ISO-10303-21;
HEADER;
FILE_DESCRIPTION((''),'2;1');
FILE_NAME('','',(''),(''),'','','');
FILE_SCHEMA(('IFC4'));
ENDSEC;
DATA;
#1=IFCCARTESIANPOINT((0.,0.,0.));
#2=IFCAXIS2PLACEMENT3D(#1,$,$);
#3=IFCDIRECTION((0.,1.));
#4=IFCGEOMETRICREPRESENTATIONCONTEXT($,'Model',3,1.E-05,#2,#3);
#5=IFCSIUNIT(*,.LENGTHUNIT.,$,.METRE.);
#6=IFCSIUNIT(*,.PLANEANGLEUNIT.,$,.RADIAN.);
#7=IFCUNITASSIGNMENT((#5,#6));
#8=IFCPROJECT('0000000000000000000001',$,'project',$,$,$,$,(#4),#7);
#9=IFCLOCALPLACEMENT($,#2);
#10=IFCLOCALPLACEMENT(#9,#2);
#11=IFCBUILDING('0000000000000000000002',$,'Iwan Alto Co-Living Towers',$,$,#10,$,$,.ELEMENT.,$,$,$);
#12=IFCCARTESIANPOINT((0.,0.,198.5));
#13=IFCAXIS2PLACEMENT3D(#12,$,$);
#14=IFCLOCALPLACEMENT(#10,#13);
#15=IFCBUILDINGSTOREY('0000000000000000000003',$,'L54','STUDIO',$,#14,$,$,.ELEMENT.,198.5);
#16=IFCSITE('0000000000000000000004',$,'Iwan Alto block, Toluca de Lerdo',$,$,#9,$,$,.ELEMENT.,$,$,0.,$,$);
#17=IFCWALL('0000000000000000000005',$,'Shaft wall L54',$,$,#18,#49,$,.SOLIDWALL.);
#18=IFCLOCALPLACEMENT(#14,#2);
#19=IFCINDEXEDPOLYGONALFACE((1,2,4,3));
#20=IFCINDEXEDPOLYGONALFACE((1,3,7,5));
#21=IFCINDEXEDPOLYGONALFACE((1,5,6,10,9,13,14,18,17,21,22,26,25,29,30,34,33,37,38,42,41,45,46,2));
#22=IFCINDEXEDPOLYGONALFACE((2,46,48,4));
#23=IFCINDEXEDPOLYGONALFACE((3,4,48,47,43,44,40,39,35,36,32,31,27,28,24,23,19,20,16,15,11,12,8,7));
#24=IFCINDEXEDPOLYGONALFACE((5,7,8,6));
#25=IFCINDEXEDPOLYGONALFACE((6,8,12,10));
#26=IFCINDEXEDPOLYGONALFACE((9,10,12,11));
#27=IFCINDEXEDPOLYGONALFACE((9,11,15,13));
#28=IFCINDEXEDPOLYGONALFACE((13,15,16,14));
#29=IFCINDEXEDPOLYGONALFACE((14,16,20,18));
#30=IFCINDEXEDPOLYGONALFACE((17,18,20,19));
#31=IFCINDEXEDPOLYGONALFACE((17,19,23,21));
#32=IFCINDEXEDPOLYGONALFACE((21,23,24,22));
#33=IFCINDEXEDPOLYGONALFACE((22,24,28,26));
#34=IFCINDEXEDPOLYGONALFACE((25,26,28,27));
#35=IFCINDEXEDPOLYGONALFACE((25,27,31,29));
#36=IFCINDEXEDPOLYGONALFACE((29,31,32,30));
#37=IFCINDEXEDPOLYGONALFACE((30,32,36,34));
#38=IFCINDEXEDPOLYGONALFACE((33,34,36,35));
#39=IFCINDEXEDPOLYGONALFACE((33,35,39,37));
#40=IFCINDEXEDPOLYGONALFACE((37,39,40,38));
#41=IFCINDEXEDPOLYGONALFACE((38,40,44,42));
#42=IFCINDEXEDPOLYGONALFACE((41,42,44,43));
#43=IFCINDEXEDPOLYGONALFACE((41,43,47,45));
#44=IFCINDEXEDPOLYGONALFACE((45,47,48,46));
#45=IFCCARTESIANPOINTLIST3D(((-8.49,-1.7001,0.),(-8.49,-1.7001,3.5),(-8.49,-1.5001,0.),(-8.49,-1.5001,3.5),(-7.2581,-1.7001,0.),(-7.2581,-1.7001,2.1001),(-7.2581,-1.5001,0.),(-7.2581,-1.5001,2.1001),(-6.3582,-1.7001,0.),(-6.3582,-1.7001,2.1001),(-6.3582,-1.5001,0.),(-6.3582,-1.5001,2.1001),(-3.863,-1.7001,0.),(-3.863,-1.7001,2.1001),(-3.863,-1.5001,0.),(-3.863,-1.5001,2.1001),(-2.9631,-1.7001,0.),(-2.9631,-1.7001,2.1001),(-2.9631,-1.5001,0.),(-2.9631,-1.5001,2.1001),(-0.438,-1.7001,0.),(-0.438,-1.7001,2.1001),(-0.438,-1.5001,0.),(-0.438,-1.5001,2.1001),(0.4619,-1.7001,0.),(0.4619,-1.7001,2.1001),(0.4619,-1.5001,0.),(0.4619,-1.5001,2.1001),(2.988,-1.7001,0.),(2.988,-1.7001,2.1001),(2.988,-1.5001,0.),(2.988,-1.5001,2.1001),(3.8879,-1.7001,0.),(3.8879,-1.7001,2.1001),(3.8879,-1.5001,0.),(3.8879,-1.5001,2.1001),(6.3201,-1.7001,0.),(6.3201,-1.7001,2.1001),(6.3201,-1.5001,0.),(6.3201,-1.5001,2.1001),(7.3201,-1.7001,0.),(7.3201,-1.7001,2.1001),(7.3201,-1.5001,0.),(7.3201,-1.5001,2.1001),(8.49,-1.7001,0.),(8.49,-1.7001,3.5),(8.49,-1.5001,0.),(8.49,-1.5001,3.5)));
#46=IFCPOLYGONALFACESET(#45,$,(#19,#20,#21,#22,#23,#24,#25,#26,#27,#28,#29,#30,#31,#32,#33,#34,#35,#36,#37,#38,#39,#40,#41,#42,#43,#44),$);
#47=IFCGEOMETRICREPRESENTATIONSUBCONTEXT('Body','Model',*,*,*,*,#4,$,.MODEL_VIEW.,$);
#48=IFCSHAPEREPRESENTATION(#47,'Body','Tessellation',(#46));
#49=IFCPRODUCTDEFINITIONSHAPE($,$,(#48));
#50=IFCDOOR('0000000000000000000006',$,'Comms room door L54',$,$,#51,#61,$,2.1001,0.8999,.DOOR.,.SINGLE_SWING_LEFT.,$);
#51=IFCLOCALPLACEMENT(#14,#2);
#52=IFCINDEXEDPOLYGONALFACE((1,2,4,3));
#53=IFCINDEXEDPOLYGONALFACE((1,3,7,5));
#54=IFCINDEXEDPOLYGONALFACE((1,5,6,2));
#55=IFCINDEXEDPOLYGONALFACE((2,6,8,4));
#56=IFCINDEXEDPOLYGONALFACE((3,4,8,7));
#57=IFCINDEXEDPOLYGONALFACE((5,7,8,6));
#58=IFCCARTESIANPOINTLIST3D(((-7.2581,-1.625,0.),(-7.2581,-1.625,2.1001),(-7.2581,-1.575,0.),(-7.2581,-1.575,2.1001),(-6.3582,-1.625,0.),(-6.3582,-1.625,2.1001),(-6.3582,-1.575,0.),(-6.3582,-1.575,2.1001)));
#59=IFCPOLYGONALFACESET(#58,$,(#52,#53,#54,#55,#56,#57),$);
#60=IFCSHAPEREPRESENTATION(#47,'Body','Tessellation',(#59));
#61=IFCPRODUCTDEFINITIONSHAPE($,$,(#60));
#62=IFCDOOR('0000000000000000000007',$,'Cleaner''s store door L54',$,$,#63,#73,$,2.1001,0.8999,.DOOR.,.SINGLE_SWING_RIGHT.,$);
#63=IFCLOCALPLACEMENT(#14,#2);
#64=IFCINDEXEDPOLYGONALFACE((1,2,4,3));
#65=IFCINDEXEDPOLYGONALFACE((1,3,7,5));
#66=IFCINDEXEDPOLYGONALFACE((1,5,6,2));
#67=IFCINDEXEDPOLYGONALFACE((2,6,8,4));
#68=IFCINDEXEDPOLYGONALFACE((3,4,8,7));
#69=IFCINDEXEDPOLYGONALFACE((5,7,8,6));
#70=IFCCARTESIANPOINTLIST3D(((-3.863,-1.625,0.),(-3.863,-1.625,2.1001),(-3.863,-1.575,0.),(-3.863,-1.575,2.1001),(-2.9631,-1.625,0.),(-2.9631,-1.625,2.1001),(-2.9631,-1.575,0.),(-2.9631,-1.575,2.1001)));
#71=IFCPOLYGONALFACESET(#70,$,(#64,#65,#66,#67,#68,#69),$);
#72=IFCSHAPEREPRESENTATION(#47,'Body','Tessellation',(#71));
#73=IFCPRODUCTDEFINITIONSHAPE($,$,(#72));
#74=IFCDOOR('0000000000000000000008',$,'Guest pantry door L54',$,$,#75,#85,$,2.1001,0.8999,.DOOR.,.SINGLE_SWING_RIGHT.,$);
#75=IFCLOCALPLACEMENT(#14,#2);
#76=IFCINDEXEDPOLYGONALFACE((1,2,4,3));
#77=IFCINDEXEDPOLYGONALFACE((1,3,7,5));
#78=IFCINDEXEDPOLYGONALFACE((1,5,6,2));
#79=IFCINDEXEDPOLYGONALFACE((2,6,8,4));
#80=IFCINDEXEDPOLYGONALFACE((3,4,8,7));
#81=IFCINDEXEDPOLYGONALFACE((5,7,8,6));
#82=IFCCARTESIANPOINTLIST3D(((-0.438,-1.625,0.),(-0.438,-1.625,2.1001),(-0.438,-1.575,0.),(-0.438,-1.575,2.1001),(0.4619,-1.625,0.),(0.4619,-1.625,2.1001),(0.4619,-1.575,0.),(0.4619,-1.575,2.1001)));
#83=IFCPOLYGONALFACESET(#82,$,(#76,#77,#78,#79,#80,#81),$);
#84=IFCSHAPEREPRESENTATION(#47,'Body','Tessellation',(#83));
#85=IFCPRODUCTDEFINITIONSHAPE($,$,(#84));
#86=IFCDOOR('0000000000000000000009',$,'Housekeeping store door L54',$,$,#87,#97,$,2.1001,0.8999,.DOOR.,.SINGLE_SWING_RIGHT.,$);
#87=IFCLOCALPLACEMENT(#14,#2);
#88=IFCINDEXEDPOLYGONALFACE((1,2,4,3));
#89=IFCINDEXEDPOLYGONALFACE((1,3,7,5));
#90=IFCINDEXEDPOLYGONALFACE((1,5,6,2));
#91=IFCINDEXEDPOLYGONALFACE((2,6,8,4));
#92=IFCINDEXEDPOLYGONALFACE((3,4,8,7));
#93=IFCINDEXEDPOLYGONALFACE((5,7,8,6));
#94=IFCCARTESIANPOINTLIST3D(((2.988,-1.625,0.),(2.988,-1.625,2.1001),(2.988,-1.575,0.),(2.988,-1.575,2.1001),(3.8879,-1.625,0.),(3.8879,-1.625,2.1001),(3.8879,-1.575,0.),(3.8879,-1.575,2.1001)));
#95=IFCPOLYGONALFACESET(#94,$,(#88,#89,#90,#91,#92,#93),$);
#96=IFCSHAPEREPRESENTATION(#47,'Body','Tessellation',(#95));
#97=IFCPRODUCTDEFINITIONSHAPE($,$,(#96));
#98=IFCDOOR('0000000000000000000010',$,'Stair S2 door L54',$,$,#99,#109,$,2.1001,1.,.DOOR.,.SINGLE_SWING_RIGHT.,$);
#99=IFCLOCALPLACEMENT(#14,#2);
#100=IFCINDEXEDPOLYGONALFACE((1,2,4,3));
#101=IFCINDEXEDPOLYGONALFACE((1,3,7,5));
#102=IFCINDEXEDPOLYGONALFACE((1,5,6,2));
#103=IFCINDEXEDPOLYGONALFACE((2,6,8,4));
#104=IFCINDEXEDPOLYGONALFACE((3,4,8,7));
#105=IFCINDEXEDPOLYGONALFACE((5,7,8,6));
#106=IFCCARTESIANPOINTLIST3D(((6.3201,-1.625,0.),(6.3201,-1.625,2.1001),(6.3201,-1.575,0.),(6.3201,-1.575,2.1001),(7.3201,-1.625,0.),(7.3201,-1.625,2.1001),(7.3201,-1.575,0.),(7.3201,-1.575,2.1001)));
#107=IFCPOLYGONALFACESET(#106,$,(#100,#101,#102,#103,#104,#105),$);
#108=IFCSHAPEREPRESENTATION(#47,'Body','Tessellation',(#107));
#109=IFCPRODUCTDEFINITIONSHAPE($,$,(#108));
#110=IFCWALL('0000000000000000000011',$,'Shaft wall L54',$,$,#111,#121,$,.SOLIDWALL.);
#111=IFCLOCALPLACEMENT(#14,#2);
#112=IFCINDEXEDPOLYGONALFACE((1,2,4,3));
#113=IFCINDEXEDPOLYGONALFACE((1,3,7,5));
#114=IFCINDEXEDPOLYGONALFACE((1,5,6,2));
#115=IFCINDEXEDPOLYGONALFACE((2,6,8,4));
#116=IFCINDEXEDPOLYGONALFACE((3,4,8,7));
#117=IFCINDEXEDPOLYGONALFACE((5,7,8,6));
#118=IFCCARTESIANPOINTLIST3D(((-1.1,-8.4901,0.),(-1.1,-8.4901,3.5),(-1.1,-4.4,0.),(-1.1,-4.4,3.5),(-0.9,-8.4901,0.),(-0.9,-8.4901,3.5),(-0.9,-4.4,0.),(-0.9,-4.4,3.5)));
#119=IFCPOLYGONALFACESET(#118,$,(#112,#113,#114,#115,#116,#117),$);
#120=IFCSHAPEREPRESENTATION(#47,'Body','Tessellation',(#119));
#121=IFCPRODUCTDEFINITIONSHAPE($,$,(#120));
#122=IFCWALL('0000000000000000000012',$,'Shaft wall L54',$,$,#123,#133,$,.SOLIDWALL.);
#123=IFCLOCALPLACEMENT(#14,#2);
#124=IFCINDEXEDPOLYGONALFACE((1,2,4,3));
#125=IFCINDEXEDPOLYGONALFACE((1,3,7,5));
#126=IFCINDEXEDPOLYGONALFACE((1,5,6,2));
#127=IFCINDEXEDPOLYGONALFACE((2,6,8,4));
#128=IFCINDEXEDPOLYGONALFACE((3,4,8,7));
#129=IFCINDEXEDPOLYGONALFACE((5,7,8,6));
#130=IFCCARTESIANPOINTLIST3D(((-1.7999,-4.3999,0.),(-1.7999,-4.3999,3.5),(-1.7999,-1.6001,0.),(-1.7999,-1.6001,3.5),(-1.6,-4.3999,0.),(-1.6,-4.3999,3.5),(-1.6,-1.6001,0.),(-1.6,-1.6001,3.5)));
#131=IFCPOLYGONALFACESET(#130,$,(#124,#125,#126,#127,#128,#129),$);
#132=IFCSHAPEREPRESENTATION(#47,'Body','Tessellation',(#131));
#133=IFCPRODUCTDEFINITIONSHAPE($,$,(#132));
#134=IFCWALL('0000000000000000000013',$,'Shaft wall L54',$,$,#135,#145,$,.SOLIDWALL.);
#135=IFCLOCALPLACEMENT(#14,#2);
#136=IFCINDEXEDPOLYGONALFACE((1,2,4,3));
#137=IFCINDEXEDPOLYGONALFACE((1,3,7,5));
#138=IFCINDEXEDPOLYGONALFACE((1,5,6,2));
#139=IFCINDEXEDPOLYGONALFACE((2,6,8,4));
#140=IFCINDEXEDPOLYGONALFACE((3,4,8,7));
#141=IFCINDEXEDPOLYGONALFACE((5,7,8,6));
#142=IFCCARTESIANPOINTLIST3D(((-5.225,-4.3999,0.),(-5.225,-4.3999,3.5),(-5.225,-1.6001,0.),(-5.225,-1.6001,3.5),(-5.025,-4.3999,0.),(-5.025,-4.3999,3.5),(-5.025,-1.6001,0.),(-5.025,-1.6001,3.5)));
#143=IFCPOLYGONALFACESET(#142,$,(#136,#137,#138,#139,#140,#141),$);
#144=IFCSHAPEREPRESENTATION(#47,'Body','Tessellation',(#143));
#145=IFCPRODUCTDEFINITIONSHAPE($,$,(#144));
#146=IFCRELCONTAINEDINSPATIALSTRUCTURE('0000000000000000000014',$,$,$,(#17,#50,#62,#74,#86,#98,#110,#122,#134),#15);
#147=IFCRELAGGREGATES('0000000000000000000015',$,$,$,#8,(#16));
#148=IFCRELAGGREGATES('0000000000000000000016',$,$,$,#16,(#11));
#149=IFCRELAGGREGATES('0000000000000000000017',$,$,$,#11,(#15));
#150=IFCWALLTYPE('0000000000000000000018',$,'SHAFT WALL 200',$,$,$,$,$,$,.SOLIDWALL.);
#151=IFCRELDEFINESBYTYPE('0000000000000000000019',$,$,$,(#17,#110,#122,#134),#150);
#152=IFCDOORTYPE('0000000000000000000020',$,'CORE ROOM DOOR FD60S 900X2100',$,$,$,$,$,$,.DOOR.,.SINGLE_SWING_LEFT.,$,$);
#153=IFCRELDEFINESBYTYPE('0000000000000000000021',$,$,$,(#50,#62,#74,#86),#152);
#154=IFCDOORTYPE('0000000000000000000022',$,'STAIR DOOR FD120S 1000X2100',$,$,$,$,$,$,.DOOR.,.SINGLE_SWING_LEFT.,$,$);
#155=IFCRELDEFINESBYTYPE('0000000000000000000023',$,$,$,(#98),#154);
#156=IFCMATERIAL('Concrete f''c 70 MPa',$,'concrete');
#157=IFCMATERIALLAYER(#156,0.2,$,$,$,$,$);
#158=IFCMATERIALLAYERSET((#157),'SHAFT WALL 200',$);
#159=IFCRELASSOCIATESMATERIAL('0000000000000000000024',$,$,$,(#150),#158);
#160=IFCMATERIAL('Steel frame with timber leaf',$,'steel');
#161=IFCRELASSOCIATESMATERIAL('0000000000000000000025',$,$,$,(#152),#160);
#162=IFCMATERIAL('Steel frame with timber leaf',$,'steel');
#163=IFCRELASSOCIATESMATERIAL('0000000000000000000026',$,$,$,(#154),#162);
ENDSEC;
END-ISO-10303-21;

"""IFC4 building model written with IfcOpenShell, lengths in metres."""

from ifc_helpers import new_model, si_unit, direction, frame, frame_2d, origin, place, context, subcontext, project, spatial, rectangle, extrude, material, layer, layer_set, type_object, element, fill, save


model = new_model("IFC4")

# Units and contexts
model_context = context("Model", 3, precision=1e-05, world=origin(), true_north=direction((0.0, 1.0)))
body_context = subcontext(model_context, "Body", "Model", "MODEL_VIEW")
ifc_project = project(units=[si_unit("LENGTHUNIT", "METRE"), si_unit("PLANEANGLEUNIT", "RADIAN")], contexts=[model_context])

# Site, building, storey
site_placement = place(None, origin())
site = spatial("IfcSite", under=ifc_project, at=site_placement, Name="Iwan Alto block, Toluca de Lerdo", CompositionType="ELEMENT", RefElevation=0.0)
building_placement = place(site_placement, origin())
building = spatial("IfcBuilding", under=site, at=building_placement, Name="Iwan Alto Co-Living Towers", CompositionType="ELEMENT")
storey_placement = place(building_placement, frame((0.0, 0.0, 198.5)))
storey = spatial("IfcBuildingStorey", under=building, at=storey_placement, Name="L54", Description="STUDIO", CompositionType="ELEMENT", Elevation=198.5)

# Shared definitions
ifc_material_1 = material(Name="Concrete f'c 70 MPa", Category="concrete")
ifc_layer_1 = layer(ifc_material_1, 0.2)
ifc_layer_set_1 = layer_set([ifc_layer_1], Name="SHAFT WALL 200")
wall_type_1 = type_object("IfcWallType", Name="SHAFT WALL 200", PredefinedType="SOLIDWALL", material=ifc_layer_set_1)

# Wall, openings, doors
wall_1_placement = place(storey_placement, frame((-8.49, -1.6001, 0.0), z_axis=(0.0, 0.0, 1.0), x_axis=(1.0, 0.0, 0.0)))
wall_1 = element("IfcWall", 1, at=wall_1_placement, inside=storey, type_object=wall_type_1, Name="Shaft wall L54", PredefinedType="SOLIDWALL", context=body_context, shape_type="SweptSolid", body=[
    extrude(rectangle(XDim=16.98, YDim=0.2, at=frame_2d((8.49, 0.0))), origin(), (0.0, 0.0, 1.0), 3.5),
])
opening_1_placement = place(wall_1_placement, frame((14.8101, 0.0, 0.0)))
opening_1 = element("IfcOpeningElement", 2, at=opening_1_placement, cuts=wall_1, PredefinedType="OPENING", context=body_context, shape_type="SweptSolid", body=[
    extrude(rectangle(XDim=1.0, YDim=2.1001, at=frame_2d((0.5, 1.05))), frame((0.0, 0.1099, 0.0), z_axis=(0.0, -1.0, 0.0), x_axis=(1.0, 0.0, 0.0)), (0.0, 0.0, 1.0), 0.22),
])
opening_2_placement = place(wall_1_placement, frame((1.2319, 0.0, 0.0)))
opening_2 = element("IfcOpeningElement", 3, at=opening_2_placement, cuts=wall_1, PredefinedType="OPENING", context=body_context, shape_type="SweptSolid", body=[
    extrude(rectangle(XDim=0.8999, YDim=2.1001, at=frame_2d((0.45, 1.05))), frame((0.0, 0.1099, 0.0), z_axis=(0.0, -1.0, 0.0), x_axis=(1.0, 0.0, 0.0)), (0.0, 0.0, 1.0), 0.22),
])
opening_3_placement = place(wall_1_placement, frame((4.627, 0.0, 0.0)))
opening_3 = element("IfcOpeningElement", 4, at=opening_3_placement, cuts=wall_1, PredefinedType="OPENING", context=body_context, shape_type="SweptSolid", body=[
    extrude(rectangle(XDim=0.8999, YDim=2.1001, at=frame_2d((0.45, 1.05))), frame((0.0, 0.1099, 0.0), z_axis=(0.0, -1.0, 0.0), x_axis=(1.0, 0.0, 0.0)), (0.0, 0.0, 1.0), 0.22),
])
opening_4_placement = place(wall_1_placement, frame((8.052, 0.0, 0.0)))
opening_4 = element("IfcOpeningElement", 5, at=opening_4_placement, cuts=wall_1, PredefinedType="OPENING", context=body_context, shape_type="SweptSolid", body=[
    extrude(rectangle(XDim=0.8999, YDim=2.1001, at=frame_2d((0.45, 1.05))), frame((0.0, 0.1099, 0.0), z_axis=(0.0, -1.0, 0.0), x_axis=(1.0, 0.0, 0.0)), (0.0, 0.0, 1.0), 0.22),
])
opening_5_placement = place(wall_1_placement, frame((11.478, 0.0, 0.0)))
opening_5 = element("IfcOpeningElement", 6, at=opening_5_placement, cuts=wall_1, PredefinedType="OPENING", context=body_context, shape_type="SweptSolid", body=[
    extrude(rectangle(XDim=0.8999, YDim=2.1001, at=frame_2d((0.45, 1.05))), frame((0.0, 0.1099, 0.0), z_axis=(0.0, -1.0, 0.0), x_axis=(1.0, 0.0, 0.0)), (0.0, 0.0, 1.0), 0.22),
])
ifc_material_2 = material(Name="Steel frame with timber leaf", Category="steel")
door_type_1 = type_object("IfcDoorType", Name="CORE ROOM DOOR FD60S 900X2100", OperationType="SINGLE_SWING_LEFT", PredefinedType="DOOR", material=ifc_material_2)
door_1_placement = place(opening_2_placement, frame((0.8999, 0.0, 0.0), z_axis=(0.0, 0.0, 1.0), x_axis=(-1.0, 0.0, 0.0)))
door_1 = element("IfcDoor", 7, at=door_1_placement, inside=storey, type_object=door_type_1, Name="Comms room door L54", OperationType="SINGLE_SWING_LEFT", OverallHeight=2.1001, OverallWidth=0.8999, PredefinedType="DOOR", context=body_context, shape_type="SweptSolid", body=[
    extrude(rectangle(XDim=0.8999, YDim=2.1001, at=frame_2d((0.45, 1.05))), frame((0.0, 0.0249, 0.0), z_axis=(0.0, -1.0, 0.0), x_axis=(1.0, 0.0, 0.0)), (0.0, 0.0, 1.0), 0.05),
])
fill(opening_2, door_1)
door_2_placement = place(opening_3_placement, frame((0.8999, 0.0, 0.0), z_axis=(0.0, 0.0, 1.0), x_axis=(-1.0, 0.0, 0.0)))
door_2 = element("IfcDoor", 8, at=door_2_placement, inside=storey, type_object=door_type_1, Name="Cleaner's store door L54", OperationType="SINGLE_SWING_RIGHT", OverallHeight=2.1001, OverallWidth=0.8999, PredefinedType="DOOR", context=body_context, shape_type="SweptSolid", body=[
    extrude(rectangle(XDim=0.8999, YDim=2.1001, at=frame_2d((0.45, 1.05))), frame((0.0, 0.0249, 0.0), z_axis=(0.0, -1.0, 0.0), x_axis=(1.0, 0.0, 0.0)), (0.0, 0.0, 1.0), 0.05),
])
fill(opening_3, door_2)
door_3_placement = place(opening_4_placement, frame((0.8999, 0.0, 0.0), z_axis=(0.0, 0.0, 1.0), x_axis=(-1.0, 0.0, 0.0)))
door_3 = element("IfcDoor", 9, at=door_3_placement, inside=storey, type_object=door_type_1, Name="Guest pantry door L54", OperationType="SINGLE_SWING_RIGHT", OverallHeight=2.1001, OverallWidth=0.8999, PredefinedType="DOOR", context=body_context, shape_type="SweptSolid", body=[
    extrude(rectangle(XDim=0.8999, YDim=2.1001, at=frame_2d((0.45, 1.05))), frame((0.0, 0.0249, 0.0), z_axis=(0.0, -1.0, 0.0), x_axis=(1.0, 0.0, 0.0)), (0.0, 0.0, 1.0), 0.05),
])
fill(opening_4, door_3)
door_4_placement = place(opening_5_placement, frame((0.8999, 0.0, 0.0), z_axis=(0.0, 0.0, 1.0), x_axis=(-1.0, 0.0, 0.0)))
door_4 = element("IfcDoor", 10, at=door_4_placement, inside=storey, type_object=door_type_1, Name="Housekeeping store door L54", OperationType="SINGLE_SWING_RIGHT", OverallHeight=2.1001, OverallWidth=0.8999, PredefinedType="DOOR", context=body_context, shape_type="SweptSolid", body=[
    extrude(rectangle(XDim=0.8999, YDim=2.1001, at=frame_2d((0.45, 1.05))), frame((0.0, 0.0249, 0.0), z_axis=(0.0, -1.0, 0.0), x_axis=(1.0, 0.0, 0.0)), (0.0, 0.0, 1.0), 0.05),
])
fill(opening_5, door_4)
ifc_material_3 = material(Name="Steel frame with timber leaf", Category="steel")
door_type_2 = type_object("IfcDoorType", Name="STAIR DOOR FD120S 1000X2100", OperationType="SINGLE_SWING_LEFT", PredefinedType="DOOR", material=ifc_material_3)
door_5_placement = place(opening_1_placement, frame((1.0, 0.0, 0.0), z_axis=(0.0, 0.0, 1.0), x_axis=(-1.0, 0.0, 0.0)))
door_5 = element("IfcDoor", 11, at=door_5_placement, inside=storey, type_object=door_type_2, Name="Stair S2 door L54", OperationType="SINGLE_SWING_RIGHT", OverallHeight=2.1001, OverallWidth=1.0, PredefinedType="DOOR", context=body_context, shape_type="SweptSolid", body=[
    extrude(rectangle(XDim=1.0, YDim=2.1001, at=frame_2d((0.5, 1.05))), frame((0.0, 0.0249, 0.0), z_axis=(0.0, -1.0, 0.0), x_axis=(1.0, 0.0, 0.0)), (0.0, 0.0, 1.0), 0.05),
])
fill(opening_1, door_5)

# Walls
wall_2_placement = place(storey_placement, frame((-1.0, -8.49, 0.0), z_axis=(0.0, 0.0, 1.0), x_axis=(0.0, 1.0, 0.0)))
element("IfcWall", 12, at=wall_2_placement, inside=storey, type_object=wall_type_1, Name="Shaft wall L54", PredefinedType="SOLIDWALL", context=body_context, shape_type="SweptSolid", body=[
    extrude(rectangle(XDim=4.0901, YDim=0.2, at=frame_2d((2.0449, 0.0))), origin(), (0.0, 0.0, 1.0), 3.5),
])
for number, where, z_axis, x_axis, name in (
    (13, (-1.7, -4.3999, 0.0), (0.0, 0.0, 1.0), (0.0, 1.0, 0.0), "Shaft wall L54"),
    (14, (-5.125, -4.3999, 0.0), (0.0, 0.0, 1.0), (0.0, 1.0, 0.0), "Shaft wall L54"),
):
    element("IfcWall", number, at=place(storey_placement, frame(where, z_axis=z_axis, x_axis=x_axis)), inside=storey, type_object=wall_type_1, Name=name, PredefinedType="SOLIDWALL", context=body_context, shape_type="SweptSolid", body=[
        extrude(rectangle(XDim=2.7998, YDim=0.2, at=frame_2d((1.3999, 0.0))), origin(), (0.0, 0.0, 1.0), 3.5),
    ])

save(model, "model.ifc")
